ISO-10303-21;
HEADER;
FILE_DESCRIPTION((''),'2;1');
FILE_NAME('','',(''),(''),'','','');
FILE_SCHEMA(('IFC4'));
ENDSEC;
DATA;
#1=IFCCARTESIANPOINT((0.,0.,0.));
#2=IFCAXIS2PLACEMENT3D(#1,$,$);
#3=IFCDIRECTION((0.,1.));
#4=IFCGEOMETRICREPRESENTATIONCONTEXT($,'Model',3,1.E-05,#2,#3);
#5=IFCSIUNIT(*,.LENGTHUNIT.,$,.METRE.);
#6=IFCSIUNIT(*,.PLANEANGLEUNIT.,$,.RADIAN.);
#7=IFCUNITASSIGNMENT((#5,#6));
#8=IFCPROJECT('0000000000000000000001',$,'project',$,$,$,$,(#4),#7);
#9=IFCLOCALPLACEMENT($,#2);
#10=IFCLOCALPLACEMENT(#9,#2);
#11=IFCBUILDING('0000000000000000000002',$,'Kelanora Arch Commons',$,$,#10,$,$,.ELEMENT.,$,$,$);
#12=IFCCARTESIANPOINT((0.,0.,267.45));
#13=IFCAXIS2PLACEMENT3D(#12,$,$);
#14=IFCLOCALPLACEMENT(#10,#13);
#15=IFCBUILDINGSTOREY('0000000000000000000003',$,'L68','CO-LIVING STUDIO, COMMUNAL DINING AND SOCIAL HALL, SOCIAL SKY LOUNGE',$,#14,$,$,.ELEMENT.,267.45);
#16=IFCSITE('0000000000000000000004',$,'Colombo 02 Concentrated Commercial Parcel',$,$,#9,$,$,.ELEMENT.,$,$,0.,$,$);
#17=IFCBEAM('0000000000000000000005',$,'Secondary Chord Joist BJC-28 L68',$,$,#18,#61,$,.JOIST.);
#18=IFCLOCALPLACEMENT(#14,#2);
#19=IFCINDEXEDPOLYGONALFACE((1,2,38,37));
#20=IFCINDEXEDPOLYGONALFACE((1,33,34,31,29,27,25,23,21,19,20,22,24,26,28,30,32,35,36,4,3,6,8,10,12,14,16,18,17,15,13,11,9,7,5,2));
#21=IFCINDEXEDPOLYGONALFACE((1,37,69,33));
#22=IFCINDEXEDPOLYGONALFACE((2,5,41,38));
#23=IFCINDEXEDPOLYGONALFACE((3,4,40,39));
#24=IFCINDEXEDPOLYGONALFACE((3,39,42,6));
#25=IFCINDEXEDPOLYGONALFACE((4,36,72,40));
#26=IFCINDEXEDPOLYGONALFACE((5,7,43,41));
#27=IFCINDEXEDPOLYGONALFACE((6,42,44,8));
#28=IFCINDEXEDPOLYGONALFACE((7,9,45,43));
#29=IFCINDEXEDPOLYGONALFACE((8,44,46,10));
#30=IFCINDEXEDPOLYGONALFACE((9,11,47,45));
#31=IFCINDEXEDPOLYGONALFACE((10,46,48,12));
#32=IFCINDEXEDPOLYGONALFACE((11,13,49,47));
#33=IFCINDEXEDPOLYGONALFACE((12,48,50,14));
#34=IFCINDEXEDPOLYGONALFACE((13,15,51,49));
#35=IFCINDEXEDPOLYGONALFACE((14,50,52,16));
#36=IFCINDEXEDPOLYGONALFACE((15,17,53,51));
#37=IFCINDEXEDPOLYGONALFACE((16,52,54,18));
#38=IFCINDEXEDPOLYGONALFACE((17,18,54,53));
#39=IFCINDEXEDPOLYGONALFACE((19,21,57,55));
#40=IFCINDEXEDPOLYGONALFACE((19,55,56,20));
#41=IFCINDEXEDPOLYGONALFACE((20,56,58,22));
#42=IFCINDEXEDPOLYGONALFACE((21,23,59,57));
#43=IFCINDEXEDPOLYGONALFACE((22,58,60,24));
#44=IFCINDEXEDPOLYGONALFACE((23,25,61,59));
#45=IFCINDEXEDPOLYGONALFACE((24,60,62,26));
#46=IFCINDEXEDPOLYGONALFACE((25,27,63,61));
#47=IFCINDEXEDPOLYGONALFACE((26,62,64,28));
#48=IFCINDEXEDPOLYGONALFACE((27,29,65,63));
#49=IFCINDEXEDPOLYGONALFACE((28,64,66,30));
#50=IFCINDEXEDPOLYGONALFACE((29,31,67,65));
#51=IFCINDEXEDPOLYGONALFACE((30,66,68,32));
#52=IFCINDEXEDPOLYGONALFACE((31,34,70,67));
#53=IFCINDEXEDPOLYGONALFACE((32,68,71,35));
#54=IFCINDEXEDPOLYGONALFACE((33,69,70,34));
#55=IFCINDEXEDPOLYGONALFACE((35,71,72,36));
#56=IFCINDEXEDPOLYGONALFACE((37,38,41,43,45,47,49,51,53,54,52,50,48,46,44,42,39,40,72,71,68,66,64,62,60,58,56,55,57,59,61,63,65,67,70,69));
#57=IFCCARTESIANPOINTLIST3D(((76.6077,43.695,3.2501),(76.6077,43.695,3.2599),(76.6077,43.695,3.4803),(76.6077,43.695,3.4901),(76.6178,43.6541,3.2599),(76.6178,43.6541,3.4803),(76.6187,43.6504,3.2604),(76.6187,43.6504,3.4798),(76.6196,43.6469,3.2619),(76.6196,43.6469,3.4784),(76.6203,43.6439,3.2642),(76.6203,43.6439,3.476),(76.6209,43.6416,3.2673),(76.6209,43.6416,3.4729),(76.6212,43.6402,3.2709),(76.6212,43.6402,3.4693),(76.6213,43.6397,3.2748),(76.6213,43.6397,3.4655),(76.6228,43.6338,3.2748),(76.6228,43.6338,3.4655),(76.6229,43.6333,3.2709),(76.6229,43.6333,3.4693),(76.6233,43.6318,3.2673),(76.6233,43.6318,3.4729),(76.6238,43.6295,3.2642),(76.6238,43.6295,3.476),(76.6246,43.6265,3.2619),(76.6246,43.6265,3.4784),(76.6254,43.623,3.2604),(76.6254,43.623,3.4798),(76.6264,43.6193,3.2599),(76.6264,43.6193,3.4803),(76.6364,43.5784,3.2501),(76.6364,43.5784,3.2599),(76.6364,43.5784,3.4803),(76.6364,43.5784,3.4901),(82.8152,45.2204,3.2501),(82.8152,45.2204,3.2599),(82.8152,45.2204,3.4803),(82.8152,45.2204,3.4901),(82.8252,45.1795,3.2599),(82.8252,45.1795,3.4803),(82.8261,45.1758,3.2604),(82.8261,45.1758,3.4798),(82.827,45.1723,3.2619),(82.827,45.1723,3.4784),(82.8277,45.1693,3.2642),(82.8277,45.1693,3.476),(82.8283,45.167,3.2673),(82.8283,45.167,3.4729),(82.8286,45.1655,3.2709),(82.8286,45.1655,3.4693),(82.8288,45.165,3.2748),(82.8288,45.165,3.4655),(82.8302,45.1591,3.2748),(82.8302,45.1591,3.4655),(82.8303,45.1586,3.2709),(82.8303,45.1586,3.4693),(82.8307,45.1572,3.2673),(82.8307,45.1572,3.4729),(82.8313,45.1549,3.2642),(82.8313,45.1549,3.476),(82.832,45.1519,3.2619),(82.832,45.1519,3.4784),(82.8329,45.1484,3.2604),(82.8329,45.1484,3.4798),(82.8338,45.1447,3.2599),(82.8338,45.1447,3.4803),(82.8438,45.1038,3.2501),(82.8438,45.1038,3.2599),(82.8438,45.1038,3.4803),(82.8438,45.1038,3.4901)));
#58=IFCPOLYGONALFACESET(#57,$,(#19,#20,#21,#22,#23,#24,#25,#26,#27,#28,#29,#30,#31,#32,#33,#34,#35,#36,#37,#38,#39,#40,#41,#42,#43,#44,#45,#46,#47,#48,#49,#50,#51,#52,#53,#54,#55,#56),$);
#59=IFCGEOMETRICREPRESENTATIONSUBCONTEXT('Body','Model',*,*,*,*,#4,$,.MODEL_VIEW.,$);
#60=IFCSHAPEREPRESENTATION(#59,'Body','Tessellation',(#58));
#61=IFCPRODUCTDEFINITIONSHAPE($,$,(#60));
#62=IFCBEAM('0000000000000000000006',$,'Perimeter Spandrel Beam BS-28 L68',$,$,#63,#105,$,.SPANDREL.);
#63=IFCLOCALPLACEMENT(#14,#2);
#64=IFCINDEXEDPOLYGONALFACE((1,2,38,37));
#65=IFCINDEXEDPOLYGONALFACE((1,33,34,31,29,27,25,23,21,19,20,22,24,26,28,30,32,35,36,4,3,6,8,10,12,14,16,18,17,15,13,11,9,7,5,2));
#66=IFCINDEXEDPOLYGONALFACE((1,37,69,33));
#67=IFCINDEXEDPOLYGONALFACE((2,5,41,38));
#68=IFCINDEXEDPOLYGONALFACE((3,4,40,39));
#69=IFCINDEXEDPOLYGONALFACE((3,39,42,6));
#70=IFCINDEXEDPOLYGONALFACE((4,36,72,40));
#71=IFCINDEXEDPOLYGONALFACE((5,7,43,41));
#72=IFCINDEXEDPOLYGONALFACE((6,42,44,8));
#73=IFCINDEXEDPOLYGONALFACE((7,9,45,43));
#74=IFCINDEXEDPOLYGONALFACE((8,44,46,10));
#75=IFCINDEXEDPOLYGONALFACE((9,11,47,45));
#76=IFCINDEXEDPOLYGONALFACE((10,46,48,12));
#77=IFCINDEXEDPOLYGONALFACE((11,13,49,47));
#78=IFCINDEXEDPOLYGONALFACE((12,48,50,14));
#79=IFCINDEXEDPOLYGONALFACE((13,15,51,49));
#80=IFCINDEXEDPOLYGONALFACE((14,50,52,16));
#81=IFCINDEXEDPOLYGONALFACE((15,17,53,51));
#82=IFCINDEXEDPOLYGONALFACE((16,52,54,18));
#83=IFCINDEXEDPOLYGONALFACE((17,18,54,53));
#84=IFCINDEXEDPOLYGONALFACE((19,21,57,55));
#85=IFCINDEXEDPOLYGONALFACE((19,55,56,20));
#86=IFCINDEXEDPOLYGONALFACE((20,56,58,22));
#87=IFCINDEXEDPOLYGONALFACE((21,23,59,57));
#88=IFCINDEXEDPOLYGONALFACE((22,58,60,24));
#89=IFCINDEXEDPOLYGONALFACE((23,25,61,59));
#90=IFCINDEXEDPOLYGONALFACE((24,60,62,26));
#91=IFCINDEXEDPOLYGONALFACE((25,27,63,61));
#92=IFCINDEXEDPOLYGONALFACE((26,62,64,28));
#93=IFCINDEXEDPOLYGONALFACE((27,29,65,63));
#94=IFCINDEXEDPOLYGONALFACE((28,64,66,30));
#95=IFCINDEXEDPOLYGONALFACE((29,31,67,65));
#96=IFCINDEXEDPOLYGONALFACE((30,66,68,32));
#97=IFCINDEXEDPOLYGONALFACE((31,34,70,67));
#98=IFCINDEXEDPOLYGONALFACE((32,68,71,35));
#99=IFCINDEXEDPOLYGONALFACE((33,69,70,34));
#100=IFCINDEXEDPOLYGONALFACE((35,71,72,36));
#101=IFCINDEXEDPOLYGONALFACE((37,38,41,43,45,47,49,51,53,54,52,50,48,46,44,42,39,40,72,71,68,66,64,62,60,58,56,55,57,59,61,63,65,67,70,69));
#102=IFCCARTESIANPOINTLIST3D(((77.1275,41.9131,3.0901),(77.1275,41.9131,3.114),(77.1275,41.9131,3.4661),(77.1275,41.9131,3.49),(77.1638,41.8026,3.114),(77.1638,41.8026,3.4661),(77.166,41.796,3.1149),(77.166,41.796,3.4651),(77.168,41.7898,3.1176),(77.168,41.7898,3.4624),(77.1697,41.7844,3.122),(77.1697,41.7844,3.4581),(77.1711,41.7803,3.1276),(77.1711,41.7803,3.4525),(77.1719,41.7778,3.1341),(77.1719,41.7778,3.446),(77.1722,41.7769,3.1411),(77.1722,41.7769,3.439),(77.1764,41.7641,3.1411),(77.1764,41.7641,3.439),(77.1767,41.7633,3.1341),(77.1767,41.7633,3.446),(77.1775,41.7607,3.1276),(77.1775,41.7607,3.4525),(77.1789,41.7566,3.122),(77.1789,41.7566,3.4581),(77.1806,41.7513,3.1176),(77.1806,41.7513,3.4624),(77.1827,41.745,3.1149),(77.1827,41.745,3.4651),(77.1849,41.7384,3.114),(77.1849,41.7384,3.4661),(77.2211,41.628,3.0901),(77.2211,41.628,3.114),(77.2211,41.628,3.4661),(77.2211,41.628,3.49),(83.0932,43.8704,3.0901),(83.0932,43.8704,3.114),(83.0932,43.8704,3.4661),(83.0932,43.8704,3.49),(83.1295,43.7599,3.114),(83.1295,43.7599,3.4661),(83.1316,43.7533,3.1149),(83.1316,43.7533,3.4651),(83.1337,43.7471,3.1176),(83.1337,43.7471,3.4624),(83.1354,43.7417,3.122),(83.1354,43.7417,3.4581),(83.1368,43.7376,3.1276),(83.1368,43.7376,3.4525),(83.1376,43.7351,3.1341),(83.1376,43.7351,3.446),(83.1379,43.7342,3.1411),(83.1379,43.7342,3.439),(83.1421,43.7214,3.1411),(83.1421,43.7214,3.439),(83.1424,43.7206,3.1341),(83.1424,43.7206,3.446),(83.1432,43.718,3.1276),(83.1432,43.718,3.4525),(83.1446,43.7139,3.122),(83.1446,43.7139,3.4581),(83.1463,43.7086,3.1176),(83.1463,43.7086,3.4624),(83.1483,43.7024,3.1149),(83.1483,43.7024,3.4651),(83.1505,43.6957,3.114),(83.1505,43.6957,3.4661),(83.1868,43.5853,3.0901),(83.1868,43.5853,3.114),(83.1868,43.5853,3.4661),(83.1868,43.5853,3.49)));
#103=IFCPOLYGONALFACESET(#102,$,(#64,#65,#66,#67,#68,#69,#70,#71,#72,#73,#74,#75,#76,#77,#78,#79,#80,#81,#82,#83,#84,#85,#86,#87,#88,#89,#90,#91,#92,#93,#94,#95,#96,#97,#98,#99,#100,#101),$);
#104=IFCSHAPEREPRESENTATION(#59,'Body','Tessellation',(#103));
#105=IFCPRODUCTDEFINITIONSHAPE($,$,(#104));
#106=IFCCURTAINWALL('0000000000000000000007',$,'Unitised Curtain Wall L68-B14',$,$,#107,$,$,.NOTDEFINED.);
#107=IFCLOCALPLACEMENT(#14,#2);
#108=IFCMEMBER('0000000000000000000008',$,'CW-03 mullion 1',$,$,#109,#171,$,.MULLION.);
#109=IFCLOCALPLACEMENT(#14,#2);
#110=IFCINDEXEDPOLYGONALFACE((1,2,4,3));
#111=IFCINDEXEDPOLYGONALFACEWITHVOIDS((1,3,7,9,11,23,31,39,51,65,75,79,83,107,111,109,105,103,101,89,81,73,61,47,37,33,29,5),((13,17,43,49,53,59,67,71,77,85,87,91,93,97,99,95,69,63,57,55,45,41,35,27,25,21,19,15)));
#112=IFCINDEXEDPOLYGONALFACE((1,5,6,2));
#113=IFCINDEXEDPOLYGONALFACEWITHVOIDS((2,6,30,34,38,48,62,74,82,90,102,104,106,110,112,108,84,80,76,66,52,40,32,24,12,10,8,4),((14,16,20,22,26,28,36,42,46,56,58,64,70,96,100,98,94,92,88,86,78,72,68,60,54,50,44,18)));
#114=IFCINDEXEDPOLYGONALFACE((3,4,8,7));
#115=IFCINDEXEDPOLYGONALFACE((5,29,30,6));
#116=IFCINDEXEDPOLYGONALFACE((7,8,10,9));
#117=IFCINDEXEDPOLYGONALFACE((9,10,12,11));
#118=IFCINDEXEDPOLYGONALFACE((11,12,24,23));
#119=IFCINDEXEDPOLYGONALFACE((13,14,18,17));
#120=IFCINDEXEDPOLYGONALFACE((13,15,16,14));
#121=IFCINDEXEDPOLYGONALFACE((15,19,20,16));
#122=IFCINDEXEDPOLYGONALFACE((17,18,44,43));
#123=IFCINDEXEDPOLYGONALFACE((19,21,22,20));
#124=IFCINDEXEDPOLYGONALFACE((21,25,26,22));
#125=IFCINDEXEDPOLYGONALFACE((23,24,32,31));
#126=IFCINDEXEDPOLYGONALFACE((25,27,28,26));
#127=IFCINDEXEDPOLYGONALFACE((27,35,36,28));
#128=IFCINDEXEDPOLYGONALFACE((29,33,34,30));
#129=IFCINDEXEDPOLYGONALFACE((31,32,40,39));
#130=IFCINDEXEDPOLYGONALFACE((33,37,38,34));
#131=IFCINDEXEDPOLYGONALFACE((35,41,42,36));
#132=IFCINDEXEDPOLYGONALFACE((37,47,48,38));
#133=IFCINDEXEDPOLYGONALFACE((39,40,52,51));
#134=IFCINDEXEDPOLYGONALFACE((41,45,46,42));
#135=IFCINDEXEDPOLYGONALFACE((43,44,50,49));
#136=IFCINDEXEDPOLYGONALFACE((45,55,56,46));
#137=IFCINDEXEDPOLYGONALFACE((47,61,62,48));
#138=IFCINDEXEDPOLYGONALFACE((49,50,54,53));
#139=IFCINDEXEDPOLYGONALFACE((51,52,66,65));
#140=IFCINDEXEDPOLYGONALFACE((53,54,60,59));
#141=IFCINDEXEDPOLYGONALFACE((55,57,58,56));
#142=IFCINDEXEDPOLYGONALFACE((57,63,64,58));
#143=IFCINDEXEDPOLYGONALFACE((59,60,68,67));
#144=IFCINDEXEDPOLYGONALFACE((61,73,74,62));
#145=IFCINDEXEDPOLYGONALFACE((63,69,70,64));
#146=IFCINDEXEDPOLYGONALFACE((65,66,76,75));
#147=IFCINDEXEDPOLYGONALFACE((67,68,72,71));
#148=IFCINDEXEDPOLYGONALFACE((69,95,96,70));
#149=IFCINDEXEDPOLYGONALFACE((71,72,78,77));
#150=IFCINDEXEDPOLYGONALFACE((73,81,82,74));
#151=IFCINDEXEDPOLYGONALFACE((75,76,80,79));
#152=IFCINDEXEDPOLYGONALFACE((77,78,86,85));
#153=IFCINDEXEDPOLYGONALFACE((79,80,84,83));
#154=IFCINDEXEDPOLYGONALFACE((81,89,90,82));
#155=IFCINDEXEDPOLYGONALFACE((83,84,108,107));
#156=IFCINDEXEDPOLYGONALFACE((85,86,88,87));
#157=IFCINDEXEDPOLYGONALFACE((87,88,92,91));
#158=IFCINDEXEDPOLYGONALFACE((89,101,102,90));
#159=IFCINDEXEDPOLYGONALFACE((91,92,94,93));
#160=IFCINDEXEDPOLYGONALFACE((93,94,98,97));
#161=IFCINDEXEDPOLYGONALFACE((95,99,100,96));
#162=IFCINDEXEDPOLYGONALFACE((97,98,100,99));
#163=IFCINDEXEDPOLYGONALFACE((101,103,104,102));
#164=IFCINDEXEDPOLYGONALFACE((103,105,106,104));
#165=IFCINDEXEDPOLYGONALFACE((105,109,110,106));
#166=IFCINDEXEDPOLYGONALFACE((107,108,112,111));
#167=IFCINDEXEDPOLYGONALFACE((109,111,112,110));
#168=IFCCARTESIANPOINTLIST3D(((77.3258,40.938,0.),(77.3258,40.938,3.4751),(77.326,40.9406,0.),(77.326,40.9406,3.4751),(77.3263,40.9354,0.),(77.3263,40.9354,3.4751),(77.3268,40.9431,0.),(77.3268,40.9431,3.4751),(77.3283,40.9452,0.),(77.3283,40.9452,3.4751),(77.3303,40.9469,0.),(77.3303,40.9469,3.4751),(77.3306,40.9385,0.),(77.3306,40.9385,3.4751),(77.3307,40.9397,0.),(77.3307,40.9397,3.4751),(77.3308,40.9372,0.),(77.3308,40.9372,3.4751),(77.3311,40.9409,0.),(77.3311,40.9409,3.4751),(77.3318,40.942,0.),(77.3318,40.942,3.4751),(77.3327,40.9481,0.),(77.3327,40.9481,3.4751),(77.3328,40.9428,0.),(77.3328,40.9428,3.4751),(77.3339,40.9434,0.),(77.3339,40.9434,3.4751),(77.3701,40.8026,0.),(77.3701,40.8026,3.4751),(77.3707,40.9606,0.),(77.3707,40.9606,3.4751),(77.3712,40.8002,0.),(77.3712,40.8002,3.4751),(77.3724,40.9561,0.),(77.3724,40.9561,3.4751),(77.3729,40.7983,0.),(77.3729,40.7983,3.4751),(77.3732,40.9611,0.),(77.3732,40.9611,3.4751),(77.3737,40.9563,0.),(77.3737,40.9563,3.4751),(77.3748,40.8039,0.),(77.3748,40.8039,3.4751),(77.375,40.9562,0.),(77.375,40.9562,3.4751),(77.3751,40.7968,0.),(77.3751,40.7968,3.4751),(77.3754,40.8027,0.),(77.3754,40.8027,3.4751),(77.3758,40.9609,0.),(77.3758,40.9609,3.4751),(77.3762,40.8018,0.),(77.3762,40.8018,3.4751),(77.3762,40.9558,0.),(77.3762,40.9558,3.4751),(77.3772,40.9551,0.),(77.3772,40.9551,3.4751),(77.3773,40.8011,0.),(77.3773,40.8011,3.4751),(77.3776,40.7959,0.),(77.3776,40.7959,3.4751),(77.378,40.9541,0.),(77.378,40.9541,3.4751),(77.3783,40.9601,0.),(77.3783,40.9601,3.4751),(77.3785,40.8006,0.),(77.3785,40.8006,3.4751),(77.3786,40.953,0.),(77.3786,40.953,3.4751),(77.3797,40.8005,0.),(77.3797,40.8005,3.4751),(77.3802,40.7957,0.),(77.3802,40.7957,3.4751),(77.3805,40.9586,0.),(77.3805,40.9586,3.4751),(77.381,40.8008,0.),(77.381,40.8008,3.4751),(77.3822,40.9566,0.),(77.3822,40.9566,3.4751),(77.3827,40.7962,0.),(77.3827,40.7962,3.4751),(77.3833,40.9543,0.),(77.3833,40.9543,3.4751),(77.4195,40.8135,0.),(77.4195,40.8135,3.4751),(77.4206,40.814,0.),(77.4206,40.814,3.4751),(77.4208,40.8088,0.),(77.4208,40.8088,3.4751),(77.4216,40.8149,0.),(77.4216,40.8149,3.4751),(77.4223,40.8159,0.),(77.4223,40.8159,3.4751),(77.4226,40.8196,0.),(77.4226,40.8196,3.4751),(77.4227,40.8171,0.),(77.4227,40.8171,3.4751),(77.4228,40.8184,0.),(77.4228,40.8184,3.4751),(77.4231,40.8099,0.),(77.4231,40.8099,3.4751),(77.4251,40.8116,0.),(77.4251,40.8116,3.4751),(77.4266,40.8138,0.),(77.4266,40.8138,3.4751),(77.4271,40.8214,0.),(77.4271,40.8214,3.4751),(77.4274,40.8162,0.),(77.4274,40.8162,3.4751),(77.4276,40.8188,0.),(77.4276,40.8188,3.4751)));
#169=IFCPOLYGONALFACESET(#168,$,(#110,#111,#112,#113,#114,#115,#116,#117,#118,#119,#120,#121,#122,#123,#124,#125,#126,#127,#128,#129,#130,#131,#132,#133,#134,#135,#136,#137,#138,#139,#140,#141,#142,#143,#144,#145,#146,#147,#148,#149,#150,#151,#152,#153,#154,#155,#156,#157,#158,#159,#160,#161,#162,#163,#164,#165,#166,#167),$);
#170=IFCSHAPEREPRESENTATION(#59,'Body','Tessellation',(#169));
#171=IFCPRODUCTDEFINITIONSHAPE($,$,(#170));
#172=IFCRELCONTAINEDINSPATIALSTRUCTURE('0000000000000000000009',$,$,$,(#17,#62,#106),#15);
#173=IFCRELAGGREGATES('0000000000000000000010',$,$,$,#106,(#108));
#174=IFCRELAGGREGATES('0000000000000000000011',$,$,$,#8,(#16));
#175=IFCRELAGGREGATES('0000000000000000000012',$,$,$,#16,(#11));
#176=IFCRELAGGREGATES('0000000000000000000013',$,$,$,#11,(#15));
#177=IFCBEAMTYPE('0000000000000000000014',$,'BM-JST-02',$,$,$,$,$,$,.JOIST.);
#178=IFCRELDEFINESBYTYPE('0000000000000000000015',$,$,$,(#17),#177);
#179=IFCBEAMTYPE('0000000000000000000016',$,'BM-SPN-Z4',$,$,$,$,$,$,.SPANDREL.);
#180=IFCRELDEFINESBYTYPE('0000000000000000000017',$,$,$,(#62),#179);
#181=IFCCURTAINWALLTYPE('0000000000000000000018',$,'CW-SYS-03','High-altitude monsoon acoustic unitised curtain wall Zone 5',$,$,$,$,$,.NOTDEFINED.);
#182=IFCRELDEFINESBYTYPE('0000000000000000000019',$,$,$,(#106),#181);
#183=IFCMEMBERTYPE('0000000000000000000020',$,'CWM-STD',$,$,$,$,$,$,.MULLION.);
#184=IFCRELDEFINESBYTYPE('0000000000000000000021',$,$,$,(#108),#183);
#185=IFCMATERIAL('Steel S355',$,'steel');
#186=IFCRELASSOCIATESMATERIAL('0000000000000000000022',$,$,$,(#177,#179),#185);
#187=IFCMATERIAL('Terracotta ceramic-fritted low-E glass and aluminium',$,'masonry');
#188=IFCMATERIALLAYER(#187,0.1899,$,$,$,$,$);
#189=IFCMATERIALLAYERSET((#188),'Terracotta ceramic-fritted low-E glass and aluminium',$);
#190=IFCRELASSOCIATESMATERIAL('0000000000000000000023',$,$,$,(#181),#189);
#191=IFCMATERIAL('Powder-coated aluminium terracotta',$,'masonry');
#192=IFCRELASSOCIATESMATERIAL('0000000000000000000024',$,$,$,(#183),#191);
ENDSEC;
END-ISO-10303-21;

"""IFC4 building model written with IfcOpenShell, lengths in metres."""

from ifc_helpers import new_model, si_unit, direction, frame, origin, origin_2d, place, context, subcontext, project, spatial, hollow_rectangle, i_section, extrude, material, layer, layer_set, material_profile, profile_set, type_object, element, aggregate, save


model = new_model("IFC4")

# Units and contexts
model_context = context("Model", 3, precision=1e-05, world=origin(), true_north=direction((0.0, 1.0)))
body_context = subcontext(model_context, "Body", "Model", "MODEL_VIEW")
ifc_project = project(units=[si_unit("LENGTHUNIT", "METRE"), si_unit("PLANEANGLEUNIT", "RADIAN")], contexts=[model_context])

# Site, building, storey
site_placement = place(None, origin())
site = spatial("IfcSite", under=ifc_project, at=site_placement, Name="Colombo 02 Concentrated Commercial Parcel", CompositionType="ELEMENT", RefElevation=0.0)
building_placement = place(site_placement, origin())
building = spatial("IfcBuilding", under=site, at=building_placement, Name="Kelanora Arch Commons", CompositionType="ELEMENT")
storey_placement = place(building_placement, frame((0.0, 0.0, 267.45)))
storey = spatial("IfcBuildingStorey", under=building, at=storey_placement, Name="L68", Description="CO-LIVING STUDIO, COMMUNAL DINING AND SOCIAL HALL, SOCIAL SKY LOUNGE", CompositionType="ELEMENT", Elevation=267.45)

# Beams
ifc_material_1 = material(Name="Steel S355", Category="steel")
ifc_material_profile_1 = material_profile(ifc_material_1, i_section(OverallWidth=0.1201, OverallDepth=0.24, WebThickness=0.0061, FlangeThickness=0.0098, FilletRadius=0.0149, at=origin_2d()), Name="IPE240")
ifc_profile_set_1 = profile_set([ifc_material_profile_1], Name="Steel S355")
beam_type_1 = type_object("IfcBeamType", Name="BM-JST-02", PredefinedType="JOIST", material=ifc_profile_set_1)
beam_1_placement = place(storey_placement, frame((76.6221, 43.6367, 3.3701), z_axis=(0.97111, 0.238633, 0.0), x_axis=(-0.238633, 0.97111, 0.0)))
element("IfcBeam", 1, at=beam_1_placement, inside=storey, type_object=beam_type_1, Name="Secondary Chord Joist BJC-28 L68", PredefinedType="JOIST", context=body_context, shape_type="SweptSolid", body=[
    extrude(i_section(OverallWidth=0.1201, OverallDepth=0.24, WebThickness=0.0061, FlangeThickness=0.0098, FilletRadius=0.0149, at=origin_2d()), origin(), (0.0, 0.0, 1.0), 6.3921),
])
ifc_material_profile_2 = material_profile(ifc_material_1, i_section(OverallWidth=0.3, OverallDepth=0.3999, WebThickness=0.0134, FlangeThickness=0.0239, FilletRadius=0.0271, at=origin_2d()), Name="HEB400")
ifc_profile_set_2 = profile_set([ifc_material_profile_2], Name="Steel S355")
beam_type_2 = type_object("IfcBeamType", Name="BM-SPN-Z4", PredefinedType="SPANDREL", material=ifc_profile_set_2)
beam_2_placement = place(storey_placement, frame((77.1743, 41.7705, 3.29), z_axis=(0.950166, 0.311745, 0.0), x_axis=(-0.311745, 0.950166, 0.0)))
element("IfcBeam", 2, at=beam_2_placement, inside=storey, type_object=beam_type_2, Name="Perimeter Spandrel Beam BS-28 L68", PredefinedType="SPANDREL", context=body_context, shape_type="SweptSolid", body=[
    extrude(i_section(OverallWidth=0.3, OverallDepth=0.3999, WebThickness=0.0134, FlangeThickness=0.0239, FilletRadius=0.0271, at=origin_2d()), origin(), (0.0, 0.0, 1.0), 6.2786),
])

# Curtain wall, member
ifc_material_2 = material(Name="Terracotta ceramic-fritted low-E glass and aluminium", Category="masonry")
ifc_layer_1 = layer(ifc_material_2, 0.1899)
ifc_layer_set_1 = layer_set([ifc_layer_1], Name="Terracotta ceramic-fritted low-E glass and aluminium")
curtain_wall_type = type_object("IfcCurtainWallType", Name="CW-SYS-03", Description="High-altitude monsoon acoustic unitised curtain wall Zone 5", PredefinedType="NOTDEFINED", material=ifc_layer_set_1)
curtain_wall_placement = place(storey_placement, origin())
curtain_wall = element("IfcCurtainWall", 3, at=curtain_wall_placement, inside=storey, type_object=curtain_wall_type, Name="Unitised Curtain Wall L68-B14", PredefinedType="NOTDEFINED")
ifc_material_3 = material(Name="Powder-coated aluminium terracotta", Category="masonry")
ifc_material_profile_3 = material_profile(ifc_material_3, hollow_rectangle(XDim=0.1599, YDim=0.0601, WallThickness=0.0049, InnerFilletRadius=0.0049, OuterFilletRadius=0.01, at=origin_2d()), Name="CWM160x60")
ifc_profile_set_3 = profile_set([ifc_material_profile_3], Name="Powder-coated aluminium terracotta")
member_type_1 = type_object("IfcMemberType", Name="CWM-STD", PredefinedType="MULLION", material=ifc_profile_set_3)
member_1_placement = place(storey_placement, frame((77.3767, 40.8784, 0.0), z_axis=(0.0, 0.0, 1.0), x_axis=(-0.313253, 0.94967, 0.0)))
member_1 = element("IfcMember", 4, at=member_1_placement, type_object=member_type_1, Name="CW-03 mullion 1", PredefinedType="MULLION", context=body_context, shape_type="SweptSolid", body=[
    extrude(hollow_rectangle(XDim=0.1599, YDim=0.0601, WallThickness=0.0049, InnerFilletRadius=0.0049, OuterFilletRadius=0.01, at=origin_2d()), origin(), (0.0, 0.0, 1.0), 3.4751),
])
aggregate(curtain_wall, [member_1])

save(model, "model.ifc")
